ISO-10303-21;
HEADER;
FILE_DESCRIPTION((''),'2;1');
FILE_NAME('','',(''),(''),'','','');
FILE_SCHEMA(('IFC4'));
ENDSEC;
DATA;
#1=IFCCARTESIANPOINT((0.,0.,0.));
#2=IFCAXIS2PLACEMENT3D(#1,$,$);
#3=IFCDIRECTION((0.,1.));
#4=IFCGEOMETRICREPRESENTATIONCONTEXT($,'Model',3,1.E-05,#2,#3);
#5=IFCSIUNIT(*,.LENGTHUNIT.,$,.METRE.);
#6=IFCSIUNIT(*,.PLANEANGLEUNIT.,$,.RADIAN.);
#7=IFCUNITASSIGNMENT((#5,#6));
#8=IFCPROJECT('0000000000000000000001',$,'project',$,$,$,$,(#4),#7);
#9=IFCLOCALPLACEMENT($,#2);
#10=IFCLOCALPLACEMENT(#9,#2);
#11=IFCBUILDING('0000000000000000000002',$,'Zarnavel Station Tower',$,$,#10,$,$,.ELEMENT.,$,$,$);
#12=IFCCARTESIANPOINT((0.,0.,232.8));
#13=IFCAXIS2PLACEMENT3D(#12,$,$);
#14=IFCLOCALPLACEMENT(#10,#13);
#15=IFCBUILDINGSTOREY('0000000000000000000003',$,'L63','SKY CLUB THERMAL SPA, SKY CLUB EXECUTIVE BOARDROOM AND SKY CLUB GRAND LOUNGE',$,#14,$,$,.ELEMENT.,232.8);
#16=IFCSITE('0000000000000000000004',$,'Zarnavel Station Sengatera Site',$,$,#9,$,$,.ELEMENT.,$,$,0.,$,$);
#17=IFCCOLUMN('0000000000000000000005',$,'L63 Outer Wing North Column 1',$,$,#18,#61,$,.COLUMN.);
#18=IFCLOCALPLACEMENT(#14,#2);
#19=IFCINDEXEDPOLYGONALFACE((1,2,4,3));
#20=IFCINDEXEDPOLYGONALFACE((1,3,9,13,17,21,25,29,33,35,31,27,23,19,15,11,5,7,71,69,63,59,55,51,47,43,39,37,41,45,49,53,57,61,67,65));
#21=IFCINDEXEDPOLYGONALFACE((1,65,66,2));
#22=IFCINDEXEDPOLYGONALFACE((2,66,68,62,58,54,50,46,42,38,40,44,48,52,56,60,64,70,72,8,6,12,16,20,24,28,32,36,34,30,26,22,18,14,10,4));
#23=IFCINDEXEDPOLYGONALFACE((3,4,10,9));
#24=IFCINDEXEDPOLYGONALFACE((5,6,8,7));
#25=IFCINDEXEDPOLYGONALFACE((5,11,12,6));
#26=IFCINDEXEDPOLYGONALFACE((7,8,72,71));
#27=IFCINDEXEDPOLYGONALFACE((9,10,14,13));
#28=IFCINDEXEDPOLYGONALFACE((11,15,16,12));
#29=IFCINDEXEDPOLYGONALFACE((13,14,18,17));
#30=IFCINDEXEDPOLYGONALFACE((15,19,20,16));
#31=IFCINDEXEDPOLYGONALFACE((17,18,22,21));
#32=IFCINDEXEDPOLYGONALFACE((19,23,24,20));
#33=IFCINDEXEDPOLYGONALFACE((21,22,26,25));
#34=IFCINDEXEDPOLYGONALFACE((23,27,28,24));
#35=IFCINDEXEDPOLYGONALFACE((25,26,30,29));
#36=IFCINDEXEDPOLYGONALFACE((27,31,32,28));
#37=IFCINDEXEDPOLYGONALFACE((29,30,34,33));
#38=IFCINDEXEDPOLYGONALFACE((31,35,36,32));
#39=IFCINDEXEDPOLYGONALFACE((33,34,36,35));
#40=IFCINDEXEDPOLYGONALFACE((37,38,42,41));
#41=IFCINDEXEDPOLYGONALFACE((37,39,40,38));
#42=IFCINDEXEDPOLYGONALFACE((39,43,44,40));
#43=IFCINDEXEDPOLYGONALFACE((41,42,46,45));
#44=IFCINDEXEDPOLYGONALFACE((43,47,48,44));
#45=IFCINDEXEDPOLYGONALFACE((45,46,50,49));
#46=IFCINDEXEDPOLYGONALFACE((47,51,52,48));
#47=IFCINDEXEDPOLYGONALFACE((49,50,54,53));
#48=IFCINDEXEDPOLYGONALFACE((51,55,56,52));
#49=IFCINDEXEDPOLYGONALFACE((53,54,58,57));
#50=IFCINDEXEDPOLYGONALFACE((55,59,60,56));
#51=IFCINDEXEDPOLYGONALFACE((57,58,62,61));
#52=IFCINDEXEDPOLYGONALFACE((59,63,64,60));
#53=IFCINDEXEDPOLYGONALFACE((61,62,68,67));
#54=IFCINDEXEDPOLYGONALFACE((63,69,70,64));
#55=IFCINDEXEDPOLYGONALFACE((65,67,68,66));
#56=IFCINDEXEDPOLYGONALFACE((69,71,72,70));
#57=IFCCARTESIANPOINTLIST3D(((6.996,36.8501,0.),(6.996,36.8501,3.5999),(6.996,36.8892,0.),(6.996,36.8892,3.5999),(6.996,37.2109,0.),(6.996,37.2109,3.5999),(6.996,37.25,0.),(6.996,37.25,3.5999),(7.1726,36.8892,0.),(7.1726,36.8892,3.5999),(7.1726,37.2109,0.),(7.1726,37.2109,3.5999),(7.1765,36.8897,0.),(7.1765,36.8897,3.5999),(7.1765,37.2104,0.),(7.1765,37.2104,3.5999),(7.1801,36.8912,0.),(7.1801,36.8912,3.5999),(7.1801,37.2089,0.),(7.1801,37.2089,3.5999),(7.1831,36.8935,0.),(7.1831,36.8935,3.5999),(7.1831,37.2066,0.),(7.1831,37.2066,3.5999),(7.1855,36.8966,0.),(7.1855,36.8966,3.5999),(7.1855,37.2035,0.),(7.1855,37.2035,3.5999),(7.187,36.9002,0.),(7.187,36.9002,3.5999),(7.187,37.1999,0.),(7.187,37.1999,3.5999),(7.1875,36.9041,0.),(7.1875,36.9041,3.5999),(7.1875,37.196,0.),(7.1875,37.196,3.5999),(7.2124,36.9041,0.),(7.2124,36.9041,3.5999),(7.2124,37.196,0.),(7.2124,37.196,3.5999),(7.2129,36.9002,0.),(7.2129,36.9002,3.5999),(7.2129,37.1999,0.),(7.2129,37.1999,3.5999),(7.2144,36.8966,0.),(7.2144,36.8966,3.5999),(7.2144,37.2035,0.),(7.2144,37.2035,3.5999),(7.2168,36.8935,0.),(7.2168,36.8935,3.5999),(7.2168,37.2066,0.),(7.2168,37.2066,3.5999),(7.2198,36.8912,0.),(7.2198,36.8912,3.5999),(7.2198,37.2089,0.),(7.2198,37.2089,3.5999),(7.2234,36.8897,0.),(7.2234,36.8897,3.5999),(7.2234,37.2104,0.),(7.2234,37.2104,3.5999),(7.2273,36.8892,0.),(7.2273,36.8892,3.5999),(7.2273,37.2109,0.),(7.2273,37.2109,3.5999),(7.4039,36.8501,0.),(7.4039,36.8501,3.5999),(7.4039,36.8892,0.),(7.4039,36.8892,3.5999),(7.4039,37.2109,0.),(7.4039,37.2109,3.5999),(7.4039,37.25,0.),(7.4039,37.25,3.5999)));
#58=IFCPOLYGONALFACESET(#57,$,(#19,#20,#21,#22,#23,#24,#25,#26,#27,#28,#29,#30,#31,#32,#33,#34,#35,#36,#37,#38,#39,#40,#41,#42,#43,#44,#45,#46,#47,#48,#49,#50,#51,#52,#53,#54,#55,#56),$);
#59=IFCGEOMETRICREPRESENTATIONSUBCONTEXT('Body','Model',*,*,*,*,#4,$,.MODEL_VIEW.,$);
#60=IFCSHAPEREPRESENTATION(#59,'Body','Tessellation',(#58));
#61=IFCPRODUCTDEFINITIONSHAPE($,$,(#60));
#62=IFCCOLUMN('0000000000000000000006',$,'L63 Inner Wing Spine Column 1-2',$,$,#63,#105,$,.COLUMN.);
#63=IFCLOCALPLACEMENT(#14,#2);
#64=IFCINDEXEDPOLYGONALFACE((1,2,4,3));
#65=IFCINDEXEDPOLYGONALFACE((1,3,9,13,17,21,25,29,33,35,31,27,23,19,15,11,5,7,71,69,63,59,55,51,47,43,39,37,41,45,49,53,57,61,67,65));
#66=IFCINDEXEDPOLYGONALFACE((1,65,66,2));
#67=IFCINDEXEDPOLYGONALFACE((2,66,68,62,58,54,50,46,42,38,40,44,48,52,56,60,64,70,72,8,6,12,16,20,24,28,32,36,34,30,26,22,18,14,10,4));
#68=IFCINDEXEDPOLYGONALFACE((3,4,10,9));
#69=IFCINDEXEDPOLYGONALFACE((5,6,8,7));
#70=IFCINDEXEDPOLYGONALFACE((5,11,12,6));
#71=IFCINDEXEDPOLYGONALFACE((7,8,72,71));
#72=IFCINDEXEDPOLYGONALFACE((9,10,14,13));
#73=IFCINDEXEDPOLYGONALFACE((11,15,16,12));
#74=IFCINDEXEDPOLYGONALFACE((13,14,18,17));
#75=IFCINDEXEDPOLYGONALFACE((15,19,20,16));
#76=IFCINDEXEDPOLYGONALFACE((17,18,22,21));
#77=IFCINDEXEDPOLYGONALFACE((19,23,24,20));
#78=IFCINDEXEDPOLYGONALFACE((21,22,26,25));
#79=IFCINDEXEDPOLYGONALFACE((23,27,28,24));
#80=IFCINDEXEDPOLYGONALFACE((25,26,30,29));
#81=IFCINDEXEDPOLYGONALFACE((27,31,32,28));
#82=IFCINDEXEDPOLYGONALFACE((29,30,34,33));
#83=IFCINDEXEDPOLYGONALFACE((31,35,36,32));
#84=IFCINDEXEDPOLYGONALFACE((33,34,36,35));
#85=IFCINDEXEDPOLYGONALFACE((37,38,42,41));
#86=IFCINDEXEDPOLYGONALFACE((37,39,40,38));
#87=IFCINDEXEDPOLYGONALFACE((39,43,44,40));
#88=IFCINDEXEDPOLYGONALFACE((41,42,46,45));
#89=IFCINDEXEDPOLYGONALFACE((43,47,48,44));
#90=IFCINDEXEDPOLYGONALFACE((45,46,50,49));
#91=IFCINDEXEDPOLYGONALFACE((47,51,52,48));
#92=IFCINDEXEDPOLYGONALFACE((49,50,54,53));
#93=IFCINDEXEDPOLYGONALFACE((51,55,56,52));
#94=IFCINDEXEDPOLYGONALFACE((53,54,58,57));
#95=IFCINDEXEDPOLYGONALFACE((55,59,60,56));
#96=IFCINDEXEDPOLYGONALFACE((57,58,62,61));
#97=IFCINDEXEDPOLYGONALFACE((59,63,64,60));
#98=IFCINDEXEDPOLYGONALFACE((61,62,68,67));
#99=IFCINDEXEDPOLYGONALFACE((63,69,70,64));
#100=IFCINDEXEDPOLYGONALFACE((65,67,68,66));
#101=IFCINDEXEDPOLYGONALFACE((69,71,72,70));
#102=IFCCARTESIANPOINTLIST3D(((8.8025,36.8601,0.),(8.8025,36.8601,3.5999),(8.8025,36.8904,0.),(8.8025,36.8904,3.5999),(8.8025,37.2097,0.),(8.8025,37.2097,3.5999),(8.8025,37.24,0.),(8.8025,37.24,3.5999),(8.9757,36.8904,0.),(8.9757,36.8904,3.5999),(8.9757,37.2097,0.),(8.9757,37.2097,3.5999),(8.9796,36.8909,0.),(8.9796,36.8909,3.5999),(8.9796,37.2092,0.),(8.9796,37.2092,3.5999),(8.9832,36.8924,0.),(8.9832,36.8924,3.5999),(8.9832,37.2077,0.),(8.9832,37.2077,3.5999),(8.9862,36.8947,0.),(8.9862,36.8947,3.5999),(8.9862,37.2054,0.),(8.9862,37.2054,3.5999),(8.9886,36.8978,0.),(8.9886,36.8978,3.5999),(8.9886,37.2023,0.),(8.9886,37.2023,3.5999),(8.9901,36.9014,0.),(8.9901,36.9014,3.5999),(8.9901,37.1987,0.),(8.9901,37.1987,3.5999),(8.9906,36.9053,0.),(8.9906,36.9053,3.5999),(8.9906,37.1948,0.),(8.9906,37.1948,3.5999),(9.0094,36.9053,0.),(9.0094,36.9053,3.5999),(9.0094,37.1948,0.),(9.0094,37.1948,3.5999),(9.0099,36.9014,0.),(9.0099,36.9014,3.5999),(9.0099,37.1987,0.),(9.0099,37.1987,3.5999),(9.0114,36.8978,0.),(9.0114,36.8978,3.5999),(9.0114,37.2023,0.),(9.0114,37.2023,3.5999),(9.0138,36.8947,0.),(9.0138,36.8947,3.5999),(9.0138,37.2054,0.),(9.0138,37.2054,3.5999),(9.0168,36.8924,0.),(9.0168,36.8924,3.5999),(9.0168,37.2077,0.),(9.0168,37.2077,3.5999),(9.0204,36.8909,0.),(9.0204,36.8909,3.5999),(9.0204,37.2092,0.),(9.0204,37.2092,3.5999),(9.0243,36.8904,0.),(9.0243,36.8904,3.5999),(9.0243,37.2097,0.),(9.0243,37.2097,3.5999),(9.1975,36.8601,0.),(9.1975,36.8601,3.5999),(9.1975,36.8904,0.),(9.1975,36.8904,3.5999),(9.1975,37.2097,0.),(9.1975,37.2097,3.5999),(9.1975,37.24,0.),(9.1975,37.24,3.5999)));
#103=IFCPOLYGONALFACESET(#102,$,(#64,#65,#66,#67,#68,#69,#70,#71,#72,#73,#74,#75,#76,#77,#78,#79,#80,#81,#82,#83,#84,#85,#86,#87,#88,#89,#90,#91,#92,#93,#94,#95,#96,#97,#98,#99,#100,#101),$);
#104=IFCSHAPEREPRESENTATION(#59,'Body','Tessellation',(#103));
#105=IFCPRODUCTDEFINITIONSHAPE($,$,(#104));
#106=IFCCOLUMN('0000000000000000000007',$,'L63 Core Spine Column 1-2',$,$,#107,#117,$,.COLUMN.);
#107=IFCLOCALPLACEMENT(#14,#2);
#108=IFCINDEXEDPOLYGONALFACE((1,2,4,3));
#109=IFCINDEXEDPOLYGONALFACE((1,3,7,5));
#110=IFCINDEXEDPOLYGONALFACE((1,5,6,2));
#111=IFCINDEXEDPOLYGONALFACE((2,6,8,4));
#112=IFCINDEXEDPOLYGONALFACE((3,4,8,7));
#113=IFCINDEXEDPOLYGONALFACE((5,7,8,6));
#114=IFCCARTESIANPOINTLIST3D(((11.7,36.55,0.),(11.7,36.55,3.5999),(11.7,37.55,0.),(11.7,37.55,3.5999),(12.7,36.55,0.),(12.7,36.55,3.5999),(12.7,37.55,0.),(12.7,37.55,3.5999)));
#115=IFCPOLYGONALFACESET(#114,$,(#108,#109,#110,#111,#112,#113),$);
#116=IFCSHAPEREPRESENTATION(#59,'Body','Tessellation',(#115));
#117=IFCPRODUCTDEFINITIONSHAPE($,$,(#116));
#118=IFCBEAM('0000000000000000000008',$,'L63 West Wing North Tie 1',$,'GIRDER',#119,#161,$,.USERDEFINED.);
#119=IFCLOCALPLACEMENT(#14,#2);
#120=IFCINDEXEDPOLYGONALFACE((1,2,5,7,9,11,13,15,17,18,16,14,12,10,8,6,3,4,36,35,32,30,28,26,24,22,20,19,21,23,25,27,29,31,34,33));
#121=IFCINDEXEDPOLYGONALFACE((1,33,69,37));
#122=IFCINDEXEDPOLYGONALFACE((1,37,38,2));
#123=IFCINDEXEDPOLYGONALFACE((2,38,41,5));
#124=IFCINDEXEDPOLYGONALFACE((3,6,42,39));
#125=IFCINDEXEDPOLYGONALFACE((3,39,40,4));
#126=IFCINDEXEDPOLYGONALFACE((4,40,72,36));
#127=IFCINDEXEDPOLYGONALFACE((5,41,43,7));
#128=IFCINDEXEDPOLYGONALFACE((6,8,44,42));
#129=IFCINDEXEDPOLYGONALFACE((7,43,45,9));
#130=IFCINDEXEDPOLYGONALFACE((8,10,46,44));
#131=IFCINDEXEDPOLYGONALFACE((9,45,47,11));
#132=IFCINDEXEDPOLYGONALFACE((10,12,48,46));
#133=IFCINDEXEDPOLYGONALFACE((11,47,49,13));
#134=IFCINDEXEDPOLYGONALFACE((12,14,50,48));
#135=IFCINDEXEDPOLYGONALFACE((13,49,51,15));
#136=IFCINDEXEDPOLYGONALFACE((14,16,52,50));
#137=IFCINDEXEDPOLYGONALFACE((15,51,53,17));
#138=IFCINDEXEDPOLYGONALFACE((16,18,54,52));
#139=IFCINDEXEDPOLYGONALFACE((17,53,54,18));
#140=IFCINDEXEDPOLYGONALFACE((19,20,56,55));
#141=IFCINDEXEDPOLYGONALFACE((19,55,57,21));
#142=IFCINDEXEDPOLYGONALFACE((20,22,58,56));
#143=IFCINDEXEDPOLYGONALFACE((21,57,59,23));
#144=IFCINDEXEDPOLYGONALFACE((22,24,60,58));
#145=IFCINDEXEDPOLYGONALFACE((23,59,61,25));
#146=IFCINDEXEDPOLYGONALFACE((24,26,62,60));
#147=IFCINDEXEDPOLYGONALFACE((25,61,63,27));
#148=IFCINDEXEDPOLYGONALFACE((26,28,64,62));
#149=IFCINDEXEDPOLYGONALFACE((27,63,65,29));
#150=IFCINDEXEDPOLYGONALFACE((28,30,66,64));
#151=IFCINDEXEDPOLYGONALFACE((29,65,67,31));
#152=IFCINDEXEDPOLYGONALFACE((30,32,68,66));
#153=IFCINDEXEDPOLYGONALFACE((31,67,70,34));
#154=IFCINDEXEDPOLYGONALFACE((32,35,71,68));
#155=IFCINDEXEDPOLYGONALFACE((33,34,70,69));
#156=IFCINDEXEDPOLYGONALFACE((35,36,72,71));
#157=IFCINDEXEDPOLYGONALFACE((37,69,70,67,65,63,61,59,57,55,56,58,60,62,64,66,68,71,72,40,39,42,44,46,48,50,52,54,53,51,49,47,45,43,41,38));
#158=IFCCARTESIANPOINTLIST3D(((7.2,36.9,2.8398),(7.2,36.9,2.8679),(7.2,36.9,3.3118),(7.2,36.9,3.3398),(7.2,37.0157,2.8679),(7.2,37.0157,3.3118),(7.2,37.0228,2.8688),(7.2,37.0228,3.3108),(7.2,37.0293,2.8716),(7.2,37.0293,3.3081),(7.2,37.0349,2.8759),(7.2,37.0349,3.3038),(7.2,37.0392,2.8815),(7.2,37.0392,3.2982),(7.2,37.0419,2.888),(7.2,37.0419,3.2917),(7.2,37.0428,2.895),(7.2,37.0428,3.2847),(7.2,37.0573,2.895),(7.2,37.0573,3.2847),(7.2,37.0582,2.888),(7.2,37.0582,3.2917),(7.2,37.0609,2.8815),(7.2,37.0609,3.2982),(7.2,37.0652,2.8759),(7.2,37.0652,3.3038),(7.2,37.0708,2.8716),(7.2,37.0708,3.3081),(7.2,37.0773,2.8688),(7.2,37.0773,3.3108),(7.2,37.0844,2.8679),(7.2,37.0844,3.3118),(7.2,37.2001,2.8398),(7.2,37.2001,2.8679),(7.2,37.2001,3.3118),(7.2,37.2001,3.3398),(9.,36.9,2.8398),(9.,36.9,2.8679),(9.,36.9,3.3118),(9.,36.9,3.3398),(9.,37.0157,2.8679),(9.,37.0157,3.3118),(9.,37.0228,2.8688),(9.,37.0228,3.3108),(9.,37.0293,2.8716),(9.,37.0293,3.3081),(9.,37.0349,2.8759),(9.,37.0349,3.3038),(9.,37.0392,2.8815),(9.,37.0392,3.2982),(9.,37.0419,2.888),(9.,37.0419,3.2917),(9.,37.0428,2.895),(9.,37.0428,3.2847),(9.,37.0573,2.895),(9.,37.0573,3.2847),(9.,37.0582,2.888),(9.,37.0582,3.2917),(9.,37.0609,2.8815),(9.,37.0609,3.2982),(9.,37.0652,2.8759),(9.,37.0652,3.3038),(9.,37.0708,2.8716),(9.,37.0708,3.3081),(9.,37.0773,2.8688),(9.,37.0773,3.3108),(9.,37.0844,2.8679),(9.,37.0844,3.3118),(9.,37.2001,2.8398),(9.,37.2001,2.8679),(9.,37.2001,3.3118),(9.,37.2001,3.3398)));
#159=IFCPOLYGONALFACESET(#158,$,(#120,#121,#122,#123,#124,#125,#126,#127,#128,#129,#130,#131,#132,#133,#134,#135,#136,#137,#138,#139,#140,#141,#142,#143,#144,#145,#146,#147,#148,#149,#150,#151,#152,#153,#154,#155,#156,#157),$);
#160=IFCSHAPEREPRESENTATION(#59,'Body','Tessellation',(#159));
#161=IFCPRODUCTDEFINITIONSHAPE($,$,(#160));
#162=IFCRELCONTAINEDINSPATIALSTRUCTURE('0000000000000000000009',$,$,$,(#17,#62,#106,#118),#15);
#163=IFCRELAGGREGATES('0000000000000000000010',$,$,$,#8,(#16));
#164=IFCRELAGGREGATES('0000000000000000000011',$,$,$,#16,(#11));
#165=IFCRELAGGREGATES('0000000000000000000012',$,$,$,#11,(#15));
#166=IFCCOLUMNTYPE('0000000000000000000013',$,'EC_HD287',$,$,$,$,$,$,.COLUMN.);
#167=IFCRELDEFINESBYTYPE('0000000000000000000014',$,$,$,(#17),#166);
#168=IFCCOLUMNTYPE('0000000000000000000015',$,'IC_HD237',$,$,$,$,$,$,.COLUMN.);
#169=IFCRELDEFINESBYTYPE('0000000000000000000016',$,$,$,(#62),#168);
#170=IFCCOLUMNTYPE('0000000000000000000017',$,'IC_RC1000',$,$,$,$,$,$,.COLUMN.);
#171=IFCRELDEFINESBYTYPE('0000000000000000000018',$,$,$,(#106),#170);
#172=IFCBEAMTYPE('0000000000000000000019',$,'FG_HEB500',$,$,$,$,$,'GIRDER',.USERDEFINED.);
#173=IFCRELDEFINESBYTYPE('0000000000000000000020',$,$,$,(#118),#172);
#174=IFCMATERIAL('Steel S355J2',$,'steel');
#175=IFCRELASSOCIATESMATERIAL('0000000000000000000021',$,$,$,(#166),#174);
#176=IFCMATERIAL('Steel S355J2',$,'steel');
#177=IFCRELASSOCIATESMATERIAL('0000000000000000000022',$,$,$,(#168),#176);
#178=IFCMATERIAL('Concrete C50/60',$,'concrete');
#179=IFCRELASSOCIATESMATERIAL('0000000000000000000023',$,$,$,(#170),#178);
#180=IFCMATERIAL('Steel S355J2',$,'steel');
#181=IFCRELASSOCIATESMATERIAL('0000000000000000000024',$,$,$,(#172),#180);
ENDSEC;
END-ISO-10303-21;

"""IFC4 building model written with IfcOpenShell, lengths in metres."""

from ifc_helpers import new_model, si_unit, direction, frame, origin, origin_2d, place, context, subcontext, project, spatial, rectangle, i_section, extrude, material, material_profile, profile_set, type_object, element, save


model = new_model("IFC4")

# Units and contexts
model_context = context("Model", 3, precision=1e-05, world=origin(), true_north=direction((0.0, 1.0)))
body_context = subcontext(model_context, "Body", "Model", "MODEL_VIEW")
ifc_project = project(units=[si_unit("LENGTHUNIT", "METRE"), si_unit("PLANEANGLEUNIT", "RADIAN")], contexts=[model_context])

# Site, building, storey
site_placement = place(None, origin())
site = spatial("IfcSite", under=ifc_project, at=site_placement, Name="Zarnavel Station Sengatera Site", CompositionType="ELEMENT", RefElevation=0.0)
building_placement = place(site_placement, origin())
building = spatial("IfcBuilding", under=site, at=building_placement, Name="Zarnavel Station Tower", CompositionType="ELEMENT")
storey_placement = place(building_placement, frame((0.0, 0.0, 232.8)))
storey = spatial("IfcBuildingStorey", under=building, at=storey_placement, Name="L63", Description="SKY CLUB THERMAL SPA, SKY CLUB EXECUTIVE BOARDROOM AND SKY CLUB GRAND LOUNGE", CompositionType="ELEMENT", Elevation=232.8)

# Columns
ifc_material_1 = material(Name="Steel S355J2", Category="steel")
ifc_material_profile_1 = material_profile(ifc_material_1, i_section(OverallWidth=0.408, OverallDepth=0.3999, WebThickness=0.0249, FlangeThickness=0.0391, FilletRadius=0.0149, at=origin_2d()), Name="HD400x287")
ifc_profile_set_1 = profile_set([ifc_material_profile_1], Name="Steel S355J2")
column_type_1 = type_object("IfcColumnType", Name="EC_HD287", PredefinedType="COLUMN", material=ifc_profile_set_1)
column_1_placement = place(storey_placement, frame((7.2, 37.05, 0.0), z_axis=(0.0, 0.0, 1.0), x_axis=(1.0, 0.0, 0.0)))
element("IfcColumn", 1, at=column_1_placement, inside=storey, type_object=column_type_1, Name="L63 Outer Wing North Column 1", PredefinedType="COLUMN", context=body_context, shape_type="SweptSolid", body=[
    extrude(i_section(OverallWidth=0.408, OverallDepth=0.3999, WebThickness=0.0249, FlangeThickness=0.0391, FilletRadius=0.0149, at=origin_2d()), origin(), (0.0, 0.0, 1.0), 3.5999),
])
ifc_material_2 = material(Name="Steel S355J2", Category="steel")
ifc_material_profile_2 = material_profile(ifc_material_2, i_section(OverallWidth=0.395, OverallDepth=0.3799, WebThickness=0.0188, FlangeThickness=0.0303, FilletRadius=0.0149, at=origin_2d()), Name="HD400x237")
ifc_profile_set_2 = profile_set([ifc_material_profile_2], Name="Steel S355J2")
column_type_2 = type_object("IfcColumnType", Name="IC_HD237", PredefinedType="COLUMN", material=ifc_profile_set_2)
column_2_placement = place(storey_placement, frame((9.0, 37.05, 0.0), z_axis=(0.0, 0.0, 1.0), x_axis=(1.0, 0.0, 0.0)))
element("IfcColumn", 2, at=column_2_placement, inside=storey, type_object=column_type_2, Name="L63 Inner Wing Spine Column 1-2", PredefinedType="COLUMN", context=body_context, shape_type="SweptSolid", body=[
    extrude(i_section(OverallWidth=0.395, OverallDepth=0.3799, WebThickness=0.0188, FlangeThickness=0.0303, FilletRadius=0.0149, at=origin_2d()), origin(), (0.0, 0.0, 1.0), 3.5999),
])
ifc_material_3 = material(Name="Concrete C50/60", Category="concrete")
ifc_material_profile_3 = material_profile(ifc_material_3, rectangle(XDim=1.0, YDim=1.0, at=origin_2d()), Name="RC1000x1000")
ifc_profile_set_3 = profile_set([ifc_material_profile_3], Name="Concrete C50/60")
column_type_3 = type_object("IfcColumnType", Name="IC_RC1000", PredefinedType="COLUMN", material=ifc_profile_set_3)
column_3_placement = place(storey_placement, frame((12.2, 37.05, 0.0), z_axis=(0.0, 0.0, 1.0), x_axis=(1.0, 0.0, 0.0)))
element("IfcColumn", 3, at=column_3_placement, inside=storey, type_object=column_type_3, Name="L63 Core Spine Column 1-2", PredefinedType="COLUMN", context=body_context, shape_type="SweptSolid", body=[
    extrude(rectangle(XDim=1.0, YDim=1.0, at=origin_2d()), origin(), (0.0, 0.0, 1.0), 3.5999),
])

# Beam
ifc_material_4 = material(Name="Steel S355J2", Category="steel")
ifc_material_profile_4 = material_profile(ifc_material_4, i_section(OverallWidth=0.3, OverallDepth=0.5, WebThickness=0.0144, FlangeThickness=0.0281, FilletRadius=0.0271, at=origin_2d()), Name="HEB500")
ifc_profile_set_4 = profile_set([ifc_material_profile_4], Name="Steel S355J2")
beam_type = type_object("IfcBeamType", Name="FG_HEB500", ElementType="GIRDER", PredefinedType="USERDEFINED", material=ifc_profile_set_4)
beam_1_placement = place(storey_placement, frame((7.2, 37.05, 3.0898), z_axis=(1.0, 0.0, 0.0), x_axis=(0.0, 1.0, 0.0)))
element("IfcBeam", 4, at=beam_1_placement, inside=storey, type_object=beam_type, Name="L63 West Wing North Tie 1", ObjectType="GIRDER", PredefinedType="USERDEFINED", context=body_context, shape_type="SweptSolid", body=[
    extrude(i_section(OverallWidth=0.3, OverallDepth=0.5, WebThickness=0.0144, FlangeThickness=0.0281, FilletRadius=0.0271, at=origin_2d()), origin(), (0.0, 0.0, 1.0), 1.8),
])

save(model, "model.ifc")
